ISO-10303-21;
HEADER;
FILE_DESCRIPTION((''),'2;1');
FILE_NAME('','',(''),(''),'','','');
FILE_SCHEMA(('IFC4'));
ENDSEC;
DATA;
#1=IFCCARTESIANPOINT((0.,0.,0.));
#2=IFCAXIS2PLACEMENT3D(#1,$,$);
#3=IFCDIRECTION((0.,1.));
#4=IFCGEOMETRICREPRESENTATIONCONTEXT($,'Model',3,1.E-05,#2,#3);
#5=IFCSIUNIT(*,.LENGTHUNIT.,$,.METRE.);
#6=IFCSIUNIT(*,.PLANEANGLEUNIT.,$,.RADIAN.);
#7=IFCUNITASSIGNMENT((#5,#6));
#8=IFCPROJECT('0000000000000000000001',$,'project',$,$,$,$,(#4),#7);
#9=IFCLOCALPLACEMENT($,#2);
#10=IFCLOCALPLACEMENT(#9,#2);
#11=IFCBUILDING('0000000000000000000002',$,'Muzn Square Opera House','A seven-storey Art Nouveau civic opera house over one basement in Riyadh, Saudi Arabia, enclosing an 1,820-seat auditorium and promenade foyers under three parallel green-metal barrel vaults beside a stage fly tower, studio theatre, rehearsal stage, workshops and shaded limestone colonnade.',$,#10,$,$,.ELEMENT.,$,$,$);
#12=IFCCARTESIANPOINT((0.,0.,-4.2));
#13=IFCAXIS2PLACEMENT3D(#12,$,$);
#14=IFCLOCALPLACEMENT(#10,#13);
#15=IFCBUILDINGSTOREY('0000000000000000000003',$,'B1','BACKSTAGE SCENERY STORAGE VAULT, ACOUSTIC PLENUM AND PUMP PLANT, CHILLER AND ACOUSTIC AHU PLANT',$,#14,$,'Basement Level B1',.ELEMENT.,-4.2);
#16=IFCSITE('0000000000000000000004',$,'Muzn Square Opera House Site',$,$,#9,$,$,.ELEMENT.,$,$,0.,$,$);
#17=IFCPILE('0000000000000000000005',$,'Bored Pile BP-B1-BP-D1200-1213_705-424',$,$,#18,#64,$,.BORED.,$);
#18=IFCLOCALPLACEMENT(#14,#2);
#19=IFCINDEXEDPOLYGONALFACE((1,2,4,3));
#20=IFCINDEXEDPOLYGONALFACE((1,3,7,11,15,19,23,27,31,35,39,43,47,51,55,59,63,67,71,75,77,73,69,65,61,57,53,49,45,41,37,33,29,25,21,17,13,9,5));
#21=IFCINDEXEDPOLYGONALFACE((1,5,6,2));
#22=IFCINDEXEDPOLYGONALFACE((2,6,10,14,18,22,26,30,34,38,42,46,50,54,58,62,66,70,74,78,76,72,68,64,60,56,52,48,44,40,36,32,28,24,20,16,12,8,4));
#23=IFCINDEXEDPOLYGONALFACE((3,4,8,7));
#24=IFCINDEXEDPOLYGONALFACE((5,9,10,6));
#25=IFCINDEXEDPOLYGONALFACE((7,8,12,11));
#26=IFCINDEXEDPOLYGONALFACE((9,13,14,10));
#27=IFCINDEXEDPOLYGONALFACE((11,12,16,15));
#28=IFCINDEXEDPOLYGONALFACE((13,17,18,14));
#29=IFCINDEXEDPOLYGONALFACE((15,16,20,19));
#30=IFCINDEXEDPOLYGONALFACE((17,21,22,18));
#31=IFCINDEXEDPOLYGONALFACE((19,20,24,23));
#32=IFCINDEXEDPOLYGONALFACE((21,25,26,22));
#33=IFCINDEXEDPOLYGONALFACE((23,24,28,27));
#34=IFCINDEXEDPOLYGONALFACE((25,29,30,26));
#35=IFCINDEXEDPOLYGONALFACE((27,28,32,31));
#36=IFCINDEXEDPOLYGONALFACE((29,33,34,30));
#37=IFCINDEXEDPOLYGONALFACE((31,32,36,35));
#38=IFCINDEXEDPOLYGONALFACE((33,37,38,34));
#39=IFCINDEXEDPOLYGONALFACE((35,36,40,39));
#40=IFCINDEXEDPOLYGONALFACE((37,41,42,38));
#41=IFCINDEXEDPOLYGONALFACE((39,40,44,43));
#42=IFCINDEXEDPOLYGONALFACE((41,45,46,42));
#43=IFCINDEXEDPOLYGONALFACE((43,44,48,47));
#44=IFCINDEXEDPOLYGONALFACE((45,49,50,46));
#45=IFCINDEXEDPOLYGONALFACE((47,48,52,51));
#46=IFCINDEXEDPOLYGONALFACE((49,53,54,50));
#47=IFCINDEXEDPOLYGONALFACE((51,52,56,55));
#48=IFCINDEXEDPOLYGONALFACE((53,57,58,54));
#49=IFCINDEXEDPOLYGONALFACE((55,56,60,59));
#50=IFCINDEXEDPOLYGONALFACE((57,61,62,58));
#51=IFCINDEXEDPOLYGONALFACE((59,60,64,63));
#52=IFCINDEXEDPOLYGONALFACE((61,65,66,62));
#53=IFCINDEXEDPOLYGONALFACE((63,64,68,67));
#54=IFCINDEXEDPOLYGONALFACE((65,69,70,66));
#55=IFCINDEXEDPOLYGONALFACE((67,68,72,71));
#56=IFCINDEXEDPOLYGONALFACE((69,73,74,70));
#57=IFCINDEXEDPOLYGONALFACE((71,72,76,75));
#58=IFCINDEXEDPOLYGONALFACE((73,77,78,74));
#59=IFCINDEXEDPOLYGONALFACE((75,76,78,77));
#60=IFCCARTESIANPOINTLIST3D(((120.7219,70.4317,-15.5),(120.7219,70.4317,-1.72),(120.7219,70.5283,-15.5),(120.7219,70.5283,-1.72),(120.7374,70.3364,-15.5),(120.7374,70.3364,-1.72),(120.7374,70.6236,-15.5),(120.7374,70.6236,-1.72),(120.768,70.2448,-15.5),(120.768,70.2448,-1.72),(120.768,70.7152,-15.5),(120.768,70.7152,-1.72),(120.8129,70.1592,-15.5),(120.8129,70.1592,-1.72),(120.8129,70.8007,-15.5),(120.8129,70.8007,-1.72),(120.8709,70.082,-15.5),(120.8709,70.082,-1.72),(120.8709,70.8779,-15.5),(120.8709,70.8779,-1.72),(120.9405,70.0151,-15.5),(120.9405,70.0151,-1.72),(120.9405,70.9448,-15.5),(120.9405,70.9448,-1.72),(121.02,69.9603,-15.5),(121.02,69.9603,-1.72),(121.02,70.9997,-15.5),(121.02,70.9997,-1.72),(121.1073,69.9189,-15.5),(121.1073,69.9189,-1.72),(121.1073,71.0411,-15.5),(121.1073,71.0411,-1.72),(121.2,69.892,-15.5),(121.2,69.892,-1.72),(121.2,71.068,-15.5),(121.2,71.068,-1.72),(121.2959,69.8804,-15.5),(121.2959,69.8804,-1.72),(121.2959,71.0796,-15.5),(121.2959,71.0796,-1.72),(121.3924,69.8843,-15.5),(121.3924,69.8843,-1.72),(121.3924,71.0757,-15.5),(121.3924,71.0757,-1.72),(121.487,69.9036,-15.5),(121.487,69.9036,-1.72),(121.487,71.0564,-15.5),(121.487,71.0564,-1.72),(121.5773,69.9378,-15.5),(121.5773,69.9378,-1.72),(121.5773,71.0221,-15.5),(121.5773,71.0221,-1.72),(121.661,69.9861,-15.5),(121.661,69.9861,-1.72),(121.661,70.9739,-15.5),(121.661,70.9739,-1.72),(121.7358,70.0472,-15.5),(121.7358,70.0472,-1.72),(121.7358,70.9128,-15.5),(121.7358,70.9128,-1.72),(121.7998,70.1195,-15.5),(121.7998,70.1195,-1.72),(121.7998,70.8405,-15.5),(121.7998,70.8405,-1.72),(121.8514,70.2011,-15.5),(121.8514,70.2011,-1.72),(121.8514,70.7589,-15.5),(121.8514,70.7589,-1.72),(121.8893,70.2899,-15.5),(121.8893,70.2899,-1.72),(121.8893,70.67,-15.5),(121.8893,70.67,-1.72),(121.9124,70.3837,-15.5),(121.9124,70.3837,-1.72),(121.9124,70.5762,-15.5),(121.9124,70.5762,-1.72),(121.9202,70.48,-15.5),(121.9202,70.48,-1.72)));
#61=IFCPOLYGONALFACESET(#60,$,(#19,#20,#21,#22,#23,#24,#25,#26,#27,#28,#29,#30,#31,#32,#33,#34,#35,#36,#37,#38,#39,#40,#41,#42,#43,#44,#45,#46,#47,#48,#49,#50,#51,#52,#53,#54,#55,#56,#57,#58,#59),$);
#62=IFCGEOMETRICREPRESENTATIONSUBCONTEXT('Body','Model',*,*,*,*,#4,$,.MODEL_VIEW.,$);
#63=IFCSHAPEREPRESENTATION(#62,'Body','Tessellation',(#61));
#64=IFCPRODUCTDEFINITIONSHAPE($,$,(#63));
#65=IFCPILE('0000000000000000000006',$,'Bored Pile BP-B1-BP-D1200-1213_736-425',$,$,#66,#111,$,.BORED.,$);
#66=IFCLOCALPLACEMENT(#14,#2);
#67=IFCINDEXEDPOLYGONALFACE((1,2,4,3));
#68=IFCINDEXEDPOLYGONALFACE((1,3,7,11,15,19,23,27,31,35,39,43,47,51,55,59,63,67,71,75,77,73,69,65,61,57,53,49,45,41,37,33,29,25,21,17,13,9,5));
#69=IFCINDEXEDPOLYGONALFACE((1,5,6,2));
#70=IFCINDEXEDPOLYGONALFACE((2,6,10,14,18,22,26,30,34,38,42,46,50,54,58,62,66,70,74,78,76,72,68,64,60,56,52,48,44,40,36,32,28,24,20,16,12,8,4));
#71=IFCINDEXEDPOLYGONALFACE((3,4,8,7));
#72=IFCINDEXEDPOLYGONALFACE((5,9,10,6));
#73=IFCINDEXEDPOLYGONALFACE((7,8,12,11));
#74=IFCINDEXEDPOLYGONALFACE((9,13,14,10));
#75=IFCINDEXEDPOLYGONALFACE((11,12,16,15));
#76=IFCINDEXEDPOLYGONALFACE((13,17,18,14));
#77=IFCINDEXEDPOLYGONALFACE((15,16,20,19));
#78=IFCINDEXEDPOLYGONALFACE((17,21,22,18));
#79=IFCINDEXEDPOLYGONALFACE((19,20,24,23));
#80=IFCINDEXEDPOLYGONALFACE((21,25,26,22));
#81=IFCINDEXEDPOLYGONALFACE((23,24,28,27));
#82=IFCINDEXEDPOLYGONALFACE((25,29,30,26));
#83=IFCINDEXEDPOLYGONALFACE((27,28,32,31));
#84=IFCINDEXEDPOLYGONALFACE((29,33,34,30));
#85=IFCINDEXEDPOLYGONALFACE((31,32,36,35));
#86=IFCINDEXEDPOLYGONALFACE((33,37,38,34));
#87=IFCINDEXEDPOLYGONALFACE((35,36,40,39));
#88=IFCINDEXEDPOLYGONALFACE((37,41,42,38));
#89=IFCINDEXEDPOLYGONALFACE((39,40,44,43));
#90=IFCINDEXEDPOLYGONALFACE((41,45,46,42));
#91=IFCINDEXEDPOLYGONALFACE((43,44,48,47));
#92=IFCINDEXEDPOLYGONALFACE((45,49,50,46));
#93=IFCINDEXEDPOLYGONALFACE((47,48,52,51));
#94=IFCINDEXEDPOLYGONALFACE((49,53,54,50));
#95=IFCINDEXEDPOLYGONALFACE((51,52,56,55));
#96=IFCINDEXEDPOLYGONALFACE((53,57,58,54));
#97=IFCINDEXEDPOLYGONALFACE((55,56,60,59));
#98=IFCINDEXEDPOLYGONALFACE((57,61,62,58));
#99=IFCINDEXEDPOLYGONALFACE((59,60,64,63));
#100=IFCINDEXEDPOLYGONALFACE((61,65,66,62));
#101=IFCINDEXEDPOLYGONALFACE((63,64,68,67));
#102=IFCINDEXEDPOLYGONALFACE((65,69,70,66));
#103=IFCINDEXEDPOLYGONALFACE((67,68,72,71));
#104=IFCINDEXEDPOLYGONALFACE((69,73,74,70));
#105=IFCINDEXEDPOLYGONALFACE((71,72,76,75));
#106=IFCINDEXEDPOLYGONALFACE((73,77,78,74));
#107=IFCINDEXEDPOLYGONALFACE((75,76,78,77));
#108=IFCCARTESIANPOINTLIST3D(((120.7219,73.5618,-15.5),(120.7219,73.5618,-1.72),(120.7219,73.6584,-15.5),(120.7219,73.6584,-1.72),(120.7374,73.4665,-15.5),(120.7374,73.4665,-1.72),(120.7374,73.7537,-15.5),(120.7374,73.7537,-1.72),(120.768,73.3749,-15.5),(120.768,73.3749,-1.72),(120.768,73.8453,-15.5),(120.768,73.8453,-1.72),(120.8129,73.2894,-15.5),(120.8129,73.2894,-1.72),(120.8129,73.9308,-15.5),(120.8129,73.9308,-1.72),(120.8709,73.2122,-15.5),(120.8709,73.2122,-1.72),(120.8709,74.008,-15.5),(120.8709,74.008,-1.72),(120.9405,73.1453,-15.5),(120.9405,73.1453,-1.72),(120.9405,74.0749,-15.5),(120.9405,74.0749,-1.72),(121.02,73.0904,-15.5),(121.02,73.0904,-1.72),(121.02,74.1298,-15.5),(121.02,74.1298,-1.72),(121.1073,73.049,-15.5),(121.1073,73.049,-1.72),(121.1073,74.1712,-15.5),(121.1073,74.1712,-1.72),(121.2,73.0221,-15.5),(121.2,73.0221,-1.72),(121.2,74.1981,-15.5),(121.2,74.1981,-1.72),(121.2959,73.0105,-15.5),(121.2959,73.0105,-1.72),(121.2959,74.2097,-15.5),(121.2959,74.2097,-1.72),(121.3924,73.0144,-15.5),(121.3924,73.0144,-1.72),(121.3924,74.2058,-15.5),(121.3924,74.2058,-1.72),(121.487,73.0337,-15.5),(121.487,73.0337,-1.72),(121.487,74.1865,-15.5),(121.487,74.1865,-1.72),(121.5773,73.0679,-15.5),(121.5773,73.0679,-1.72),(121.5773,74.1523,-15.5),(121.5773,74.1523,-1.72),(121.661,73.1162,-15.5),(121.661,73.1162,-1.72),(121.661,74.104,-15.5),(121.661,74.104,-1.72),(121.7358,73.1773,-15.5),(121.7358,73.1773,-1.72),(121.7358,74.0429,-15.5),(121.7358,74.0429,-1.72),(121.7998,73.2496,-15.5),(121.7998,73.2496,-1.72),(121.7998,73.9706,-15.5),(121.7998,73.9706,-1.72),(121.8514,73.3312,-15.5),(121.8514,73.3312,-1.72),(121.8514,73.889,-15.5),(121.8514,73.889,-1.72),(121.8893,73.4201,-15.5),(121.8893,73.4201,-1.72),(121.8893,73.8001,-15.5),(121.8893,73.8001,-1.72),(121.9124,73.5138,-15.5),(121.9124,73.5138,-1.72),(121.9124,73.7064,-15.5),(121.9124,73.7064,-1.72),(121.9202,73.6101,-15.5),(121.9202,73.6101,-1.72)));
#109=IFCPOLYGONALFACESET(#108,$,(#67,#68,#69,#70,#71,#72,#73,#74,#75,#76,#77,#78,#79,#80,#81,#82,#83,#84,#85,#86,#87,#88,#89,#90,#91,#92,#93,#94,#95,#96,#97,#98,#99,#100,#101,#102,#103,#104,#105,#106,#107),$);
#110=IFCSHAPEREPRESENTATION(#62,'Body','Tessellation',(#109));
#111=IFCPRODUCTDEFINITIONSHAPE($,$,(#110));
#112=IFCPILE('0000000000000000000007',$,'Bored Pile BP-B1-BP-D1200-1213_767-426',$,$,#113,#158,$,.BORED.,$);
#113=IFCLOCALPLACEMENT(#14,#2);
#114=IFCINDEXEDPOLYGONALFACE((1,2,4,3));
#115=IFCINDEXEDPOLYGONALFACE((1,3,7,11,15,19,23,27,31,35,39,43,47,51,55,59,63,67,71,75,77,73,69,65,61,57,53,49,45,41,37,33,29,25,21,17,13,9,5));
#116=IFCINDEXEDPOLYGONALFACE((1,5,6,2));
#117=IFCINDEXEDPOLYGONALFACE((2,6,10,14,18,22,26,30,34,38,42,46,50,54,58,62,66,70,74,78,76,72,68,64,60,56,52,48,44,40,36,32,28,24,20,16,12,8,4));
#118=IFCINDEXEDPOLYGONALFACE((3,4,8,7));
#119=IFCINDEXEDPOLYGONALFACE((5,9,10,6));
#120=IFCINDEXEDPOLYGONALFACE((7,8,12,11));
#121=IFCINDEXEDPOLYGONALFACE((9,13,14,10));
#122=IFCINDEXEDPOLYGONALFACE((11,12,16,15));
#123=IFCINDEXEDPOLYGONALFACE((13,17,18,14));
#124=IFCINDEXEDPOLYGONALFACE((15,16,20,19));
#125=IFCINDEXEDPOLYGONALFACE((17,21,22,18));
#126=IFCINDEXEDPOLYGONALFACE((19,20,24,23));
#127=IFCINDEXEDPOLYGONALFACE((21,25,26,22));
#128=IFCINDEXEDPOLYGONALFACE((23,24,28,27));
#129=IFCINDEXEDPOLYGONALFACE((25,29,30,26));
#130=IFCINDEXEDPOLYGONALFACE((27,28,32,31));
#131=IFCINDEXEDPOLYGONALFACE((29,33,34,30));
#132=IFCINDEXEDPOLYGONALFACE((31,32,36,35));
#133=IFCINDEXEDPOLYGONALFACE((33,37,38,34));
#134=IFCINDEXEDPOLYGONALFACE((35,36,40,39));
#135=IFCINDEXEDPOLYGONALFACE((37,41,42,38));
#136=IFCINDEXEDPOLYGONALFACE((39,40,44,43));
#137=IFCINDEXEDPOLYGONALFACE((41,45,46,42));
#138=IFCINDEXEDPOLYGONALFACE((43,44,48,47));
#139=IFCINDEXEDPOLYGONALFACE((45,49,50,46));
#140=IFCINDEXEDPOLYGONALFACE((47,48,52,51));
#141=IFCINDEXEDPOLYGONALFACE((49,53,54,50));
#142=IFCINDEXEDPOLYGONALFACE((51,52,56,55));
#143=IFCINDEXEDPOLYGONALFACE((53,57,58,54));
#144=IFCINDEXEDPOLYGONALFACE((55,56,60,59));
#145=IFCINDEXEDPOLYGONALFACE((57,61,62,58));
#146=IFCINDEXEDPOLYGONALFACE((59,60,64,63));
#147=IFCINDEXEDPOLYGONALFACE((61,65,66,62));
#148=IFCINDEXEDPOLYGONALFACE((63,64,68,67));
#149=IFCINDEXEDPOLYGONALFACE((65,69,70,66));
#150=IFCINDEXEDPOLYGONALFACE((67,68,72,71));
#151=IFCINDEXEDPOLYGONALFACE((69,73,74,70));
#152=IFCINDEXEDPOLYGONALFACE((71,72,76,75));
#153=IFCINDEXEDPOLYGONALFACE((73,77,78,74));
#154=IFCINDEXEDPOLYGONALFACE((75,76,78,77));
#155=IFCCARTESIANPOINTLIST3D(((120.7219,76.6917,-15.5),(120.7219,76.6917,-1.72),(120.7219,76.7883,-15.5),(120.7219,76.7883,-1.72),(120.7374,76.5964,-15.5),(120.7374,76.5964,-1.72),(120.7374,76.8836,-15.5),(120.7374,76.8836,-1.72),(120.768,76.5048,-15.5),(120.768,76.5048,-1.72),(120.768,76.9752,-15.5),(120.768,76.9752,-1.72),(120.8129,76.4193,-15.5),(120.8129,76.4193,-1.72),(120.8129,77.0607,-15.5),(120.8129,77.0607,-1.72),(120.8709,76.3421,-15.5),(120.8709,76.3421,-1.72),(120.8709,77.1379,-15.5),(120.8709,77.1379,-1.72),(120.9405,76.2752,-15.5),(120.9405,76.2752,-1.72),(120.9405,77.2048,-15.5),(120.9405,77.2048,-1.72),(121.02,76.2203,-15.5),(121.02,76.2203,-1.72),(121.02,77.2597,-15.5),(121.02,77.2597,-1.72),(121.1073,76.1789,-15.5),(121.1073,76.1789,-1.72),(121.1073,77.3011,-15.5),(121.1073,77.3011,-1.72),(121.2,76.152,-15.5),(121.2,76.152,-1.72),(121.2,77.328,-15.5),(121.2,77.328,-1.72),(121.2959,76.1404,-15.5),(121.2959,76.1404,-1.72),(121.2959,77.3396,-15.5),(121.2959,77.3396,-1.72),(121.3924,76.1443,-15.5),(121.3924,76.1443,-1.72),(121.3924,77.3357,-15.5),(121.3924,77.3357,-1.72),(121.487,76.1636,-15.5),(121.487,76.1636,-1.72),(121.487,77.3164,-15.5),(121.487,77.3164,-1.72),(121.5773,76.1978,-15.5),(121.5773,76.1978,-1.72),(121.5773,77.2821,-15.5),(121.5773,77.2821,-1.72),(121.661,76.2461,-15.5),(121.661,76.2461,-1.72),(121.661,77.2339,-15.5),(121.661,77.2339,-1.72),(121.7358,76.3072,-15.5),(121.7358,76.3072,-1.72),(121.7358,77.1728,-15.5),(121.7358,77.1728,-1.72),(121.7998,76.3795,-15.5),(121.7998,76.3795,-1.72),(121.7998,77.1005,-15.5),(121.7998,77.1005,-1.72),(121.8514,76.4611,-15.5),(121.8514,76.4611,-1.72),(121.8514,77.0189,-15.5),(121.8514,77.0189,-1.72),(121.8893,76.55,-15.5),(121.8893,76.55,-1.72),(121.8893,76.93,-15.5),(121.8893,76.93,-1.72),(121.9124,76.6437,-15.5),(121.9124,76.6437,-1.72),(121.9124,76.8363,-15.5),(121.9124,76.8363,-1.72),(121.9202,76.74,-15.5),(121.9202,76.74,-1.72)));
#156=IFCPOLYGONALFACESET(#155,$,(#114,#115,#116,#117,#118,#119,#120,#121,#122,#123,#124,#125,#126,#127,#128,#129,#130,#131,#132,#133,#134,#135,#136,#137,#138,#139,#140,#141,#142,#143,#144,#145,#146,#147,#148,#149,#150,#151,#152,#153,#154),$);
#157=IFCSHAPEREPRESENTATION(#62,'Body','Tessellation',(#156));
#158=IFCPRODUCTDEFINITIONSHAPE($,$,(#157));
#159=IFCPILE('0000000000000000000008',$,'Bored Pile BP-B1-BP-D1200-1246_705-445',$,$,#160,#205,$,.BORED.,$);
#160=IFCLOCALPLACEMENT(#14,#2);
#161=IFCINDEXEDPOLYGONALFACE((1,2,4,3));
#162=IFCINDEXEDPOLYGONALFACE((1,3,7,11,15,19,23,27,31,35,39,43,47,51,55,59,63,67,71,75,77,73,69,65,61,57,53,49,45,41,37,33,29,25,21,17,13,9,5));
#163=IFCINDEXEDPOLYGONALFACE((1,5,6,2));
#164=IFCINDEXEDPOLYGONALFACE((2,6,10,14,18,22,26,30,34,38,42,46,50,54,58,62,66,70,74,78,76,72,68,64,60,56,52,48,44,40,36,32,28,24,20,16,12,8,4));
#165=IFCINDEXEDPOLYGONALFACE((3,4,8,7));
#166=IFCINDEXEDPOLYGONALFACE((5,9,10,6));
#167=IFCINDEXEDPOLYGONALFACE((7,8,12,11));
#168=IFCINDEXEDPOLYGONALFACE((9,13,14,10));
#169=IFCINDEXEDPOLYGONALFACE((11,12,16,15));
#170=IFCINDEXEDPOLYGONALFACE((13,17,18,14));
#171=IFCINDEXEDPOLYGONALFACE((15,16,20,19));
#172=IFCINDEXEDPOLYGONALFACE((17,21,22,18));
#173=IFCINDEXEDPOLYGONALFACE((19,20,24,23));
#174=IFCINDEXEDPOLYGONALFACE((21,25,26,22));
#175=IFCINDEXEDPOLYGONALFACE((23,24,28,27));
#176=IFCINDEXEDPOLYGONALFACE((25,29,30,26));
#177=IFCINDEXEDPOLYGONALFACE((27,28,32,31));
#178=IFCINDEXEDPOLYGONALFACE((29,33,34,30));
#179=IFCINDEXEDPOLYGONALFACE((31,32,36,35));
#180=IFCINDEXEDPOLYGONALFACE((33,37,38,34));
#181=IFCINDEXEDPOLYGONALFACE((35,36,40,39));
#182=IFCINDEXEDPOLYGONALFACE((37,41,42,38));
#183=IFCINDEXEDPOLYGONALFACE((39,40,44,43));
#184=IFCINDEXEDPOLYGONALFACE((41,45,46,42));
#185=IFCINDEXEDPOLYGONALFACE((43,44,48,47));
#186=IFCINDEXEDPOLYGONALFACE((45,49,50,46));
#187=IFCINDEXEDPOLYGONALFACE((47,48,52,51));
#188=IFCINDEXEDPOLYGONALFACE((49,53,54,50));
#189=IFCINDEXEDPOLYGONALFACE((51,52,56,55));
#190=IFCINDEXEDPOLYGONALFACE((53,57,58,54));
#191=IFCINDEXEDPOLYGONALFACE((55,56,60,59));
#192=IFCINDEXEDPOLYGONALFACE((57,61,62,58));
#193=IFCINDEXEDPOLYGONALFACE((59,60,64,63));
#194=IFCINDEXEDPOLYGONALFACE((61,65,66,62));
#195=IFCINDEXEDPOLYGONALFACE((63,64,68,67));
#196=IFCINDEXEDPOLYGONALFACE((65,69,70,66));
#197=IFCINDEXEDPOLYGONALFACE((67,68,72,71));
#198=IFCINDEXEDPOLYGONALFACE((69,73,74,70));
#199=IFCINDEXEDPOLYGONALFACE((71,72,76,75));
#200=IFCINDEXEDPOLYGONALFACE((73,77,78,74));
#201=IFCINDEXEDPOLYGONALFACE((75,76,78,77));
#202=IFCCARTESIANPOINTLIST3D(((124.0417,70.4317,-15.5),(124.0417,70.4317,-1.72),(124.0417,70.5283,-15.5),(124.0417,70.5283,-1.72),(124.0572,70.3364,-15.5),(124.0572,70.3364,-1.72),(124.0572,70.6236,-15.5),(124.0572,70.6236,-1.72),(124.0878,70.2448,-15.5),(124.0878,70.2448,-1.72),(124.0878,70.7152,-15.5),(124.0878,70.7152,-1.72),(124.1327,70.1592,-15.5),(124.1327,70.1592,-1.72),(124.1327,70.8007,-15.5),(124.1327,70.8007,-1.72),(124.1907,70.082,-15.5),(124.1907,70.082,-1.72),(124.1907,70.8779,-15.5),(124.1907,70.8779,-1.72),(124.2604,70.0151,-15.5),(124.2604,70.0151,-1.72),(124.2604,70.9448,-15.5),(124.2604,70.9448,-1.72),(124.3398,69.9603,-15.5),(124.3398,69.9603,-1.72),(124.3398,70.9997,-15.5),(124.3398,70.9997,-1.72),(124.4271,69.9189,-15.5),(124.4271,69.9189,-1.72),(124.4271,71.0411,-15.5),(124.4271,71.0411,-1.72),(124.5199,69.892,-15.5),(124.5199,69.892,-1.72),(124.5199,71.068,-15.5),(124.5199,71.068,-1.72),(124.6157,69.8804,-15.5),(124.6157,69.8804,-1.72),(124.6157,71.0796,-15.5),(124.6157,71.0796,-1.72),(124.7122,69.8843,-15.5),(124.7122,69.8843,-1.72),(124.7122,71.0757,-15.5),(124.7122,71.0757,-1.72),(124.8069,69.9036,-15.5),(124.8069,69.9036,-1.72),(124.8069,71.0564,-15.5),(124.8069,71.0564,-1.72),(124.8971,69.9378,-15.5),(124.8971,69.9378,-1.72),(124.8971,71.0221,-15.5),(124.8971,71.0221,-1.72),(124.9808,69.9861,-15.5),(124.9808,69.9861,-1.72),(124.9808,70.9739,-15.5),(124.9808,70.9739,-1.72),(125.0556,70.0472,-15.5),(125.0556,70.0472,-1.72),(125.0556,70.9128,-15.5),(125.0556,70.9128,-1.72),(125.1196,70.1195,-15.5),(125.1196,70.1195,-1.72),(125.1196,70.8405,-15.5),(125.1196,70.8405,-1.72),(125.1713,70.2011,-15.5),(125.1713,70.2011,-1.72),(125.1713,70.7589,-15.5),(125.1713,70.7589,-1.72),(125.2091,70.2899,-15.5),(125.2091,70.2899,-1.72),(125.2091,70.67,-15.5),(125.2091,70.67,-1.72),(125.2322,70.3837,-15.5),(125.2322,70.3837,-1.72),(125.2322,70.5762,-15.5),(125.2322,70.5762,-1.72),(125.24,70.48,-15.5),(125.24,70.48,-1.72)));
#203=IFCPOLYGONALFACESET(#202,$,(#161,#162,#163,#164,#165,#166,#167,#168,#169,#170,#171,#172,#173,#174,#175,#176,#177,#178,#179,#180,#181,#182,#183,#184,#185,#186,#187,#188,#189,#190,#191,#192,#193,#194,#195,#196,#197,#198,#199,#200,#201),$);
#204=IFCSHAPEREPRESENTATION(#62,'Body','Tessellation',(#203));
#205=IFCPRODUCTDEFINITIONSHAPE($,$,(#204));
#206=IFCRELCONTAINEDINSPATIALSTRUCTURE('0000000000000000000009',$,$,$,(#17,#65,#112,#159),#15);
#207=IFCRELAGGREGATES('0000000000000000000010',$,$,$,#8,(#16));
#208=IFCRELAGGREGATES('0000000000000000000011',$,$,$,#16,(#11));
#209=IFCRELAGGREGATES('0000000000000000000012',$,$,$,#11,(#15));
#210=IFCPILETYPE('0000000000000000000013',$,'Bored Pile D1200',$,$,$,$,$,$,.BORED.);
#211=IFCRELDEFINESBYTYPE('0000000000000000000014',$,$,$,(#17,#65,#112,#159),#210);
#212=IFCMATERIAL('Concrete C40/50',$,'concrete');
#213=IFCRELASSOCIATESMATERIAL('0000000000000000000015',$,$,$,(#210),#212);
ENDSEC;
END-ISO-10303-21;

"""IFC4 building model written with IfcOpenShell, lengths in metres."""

from ifc_helpers import new_model, si_unit, direction, frame, origin, origin_2d, place, context, subcontext, project, spatial, circle, extrude, material, material_profile, profile_set, type_object, element, save


model = new_model("IFC4")

# Units and contexts
model_context = context("Model", 3, precision=1e-05, world=origin(), true_north=direction((0.0, 1.0)))
body_context = subcontext(model_context, "Body", "Model", "MODEL_VIEW")
ifc_project = project(units=[si_unit("LENGTHUNIT", "METRE"), si_unit("PLANEANGLEUNIT", "RADIAN")], contexts=[model_context])

# Site, building, storey
site_placement = place(None, origin())
site = spatial("IfcSite", under=ifc_project, at=site_placement, Name="Muzn Square Opera House Site", CompositionType="ELEMENT", RefElevation=0.0)
building_placement = place(site_placement, origin())
building = spatial("IfcBuilding", under=site, at=building_placement, Name="Muzn Square Opera House", Description="A seven-storey Art Nouveau civic opera house over one basement in Riyadh, Saudi Arabia, enclosing an 1,820-seat auditorium and promenade foyers under three parallel green-metal barrel vaults beside a stage fly tower, studio theatre, rehearsal stage, workshops and shaded limestone colonnade.", CompositionType="ELEMENT")
storey_placement = place(building_placement, frame((0.0, 0.0, -4.2)))
storey = spatial("IfcBuildingStorey", under=building, at=storey_placement, Name="B1", Description="BACKSTAGE SCENERY STORAGE VAULT, ACOUSTIC PLENUM AND PUMP PLANT, CHILLER AND ACOUSTIC AHU PLANT", LongName="Basement Level B1", CompositionType="ELEMENT", Elevation=-4.2)

# Piles
ifc_material_1 = material(Name="Concrete C40/50", Category="concrete")
ifc_material_profile_1 = material_profile(ifc_material_1, circle(Radius=0.6001, at=origin_2d()), Name="BORED PILE D1200", Category="concrete")
ifc_profile_set_1 = profile_set([ifc_material_profile_1], Name="Concrete C40/50")
pile_type = type_object("IfcPileType", Name="Bored Pile D1200", PredefinedType="BORED", material=ifc_profile_set_1)
for number, where, z_axis, x_axis, name in (
    (1, (121.3201, 70.48, -1.72), (0.0, 0.0, -1.0), (1.0, 0.0, 0.0), "Bored Pile BP-B1-BP-D1200-1213_705-424"),
    (2, (121.3201, 73.6101, -1.72), (0.0, 0.0, -1.0), (1.0, 0.0, 0.0), "Bored Pile BP-B1-BP-D1200-1213_736-425"),
    (3, (121.3201, 76.74, -1.72), (0.0, 0.0, -1.0), (1.0, 0.0, 0.0), "Bored Pile BP-B1-BP-D1200-1213_767-426"),
    (4, (124.6399, 70.48, -1.72), (0.0, 0.0, -1.0), (1.0, 0.0, 0.0), "Bored Pile BP-B1-BP-D1200-1246_705-445"),
):
    element("IfcPile", number, at=place(storey_placement, frame(where, z_axis=z_axis, x_axis=x_axis)), inside=storey, type_object=pile_type, Name=name, PredefinedType="BORED", context=body_context, shape_type="SweptSolid", body=[
        extrude(circle(Radius=0.6001, at=origin_2d()), origin(), (0.0, 0.0, 1.0), 13.78),
    ])

save(model, "model.ifc")
